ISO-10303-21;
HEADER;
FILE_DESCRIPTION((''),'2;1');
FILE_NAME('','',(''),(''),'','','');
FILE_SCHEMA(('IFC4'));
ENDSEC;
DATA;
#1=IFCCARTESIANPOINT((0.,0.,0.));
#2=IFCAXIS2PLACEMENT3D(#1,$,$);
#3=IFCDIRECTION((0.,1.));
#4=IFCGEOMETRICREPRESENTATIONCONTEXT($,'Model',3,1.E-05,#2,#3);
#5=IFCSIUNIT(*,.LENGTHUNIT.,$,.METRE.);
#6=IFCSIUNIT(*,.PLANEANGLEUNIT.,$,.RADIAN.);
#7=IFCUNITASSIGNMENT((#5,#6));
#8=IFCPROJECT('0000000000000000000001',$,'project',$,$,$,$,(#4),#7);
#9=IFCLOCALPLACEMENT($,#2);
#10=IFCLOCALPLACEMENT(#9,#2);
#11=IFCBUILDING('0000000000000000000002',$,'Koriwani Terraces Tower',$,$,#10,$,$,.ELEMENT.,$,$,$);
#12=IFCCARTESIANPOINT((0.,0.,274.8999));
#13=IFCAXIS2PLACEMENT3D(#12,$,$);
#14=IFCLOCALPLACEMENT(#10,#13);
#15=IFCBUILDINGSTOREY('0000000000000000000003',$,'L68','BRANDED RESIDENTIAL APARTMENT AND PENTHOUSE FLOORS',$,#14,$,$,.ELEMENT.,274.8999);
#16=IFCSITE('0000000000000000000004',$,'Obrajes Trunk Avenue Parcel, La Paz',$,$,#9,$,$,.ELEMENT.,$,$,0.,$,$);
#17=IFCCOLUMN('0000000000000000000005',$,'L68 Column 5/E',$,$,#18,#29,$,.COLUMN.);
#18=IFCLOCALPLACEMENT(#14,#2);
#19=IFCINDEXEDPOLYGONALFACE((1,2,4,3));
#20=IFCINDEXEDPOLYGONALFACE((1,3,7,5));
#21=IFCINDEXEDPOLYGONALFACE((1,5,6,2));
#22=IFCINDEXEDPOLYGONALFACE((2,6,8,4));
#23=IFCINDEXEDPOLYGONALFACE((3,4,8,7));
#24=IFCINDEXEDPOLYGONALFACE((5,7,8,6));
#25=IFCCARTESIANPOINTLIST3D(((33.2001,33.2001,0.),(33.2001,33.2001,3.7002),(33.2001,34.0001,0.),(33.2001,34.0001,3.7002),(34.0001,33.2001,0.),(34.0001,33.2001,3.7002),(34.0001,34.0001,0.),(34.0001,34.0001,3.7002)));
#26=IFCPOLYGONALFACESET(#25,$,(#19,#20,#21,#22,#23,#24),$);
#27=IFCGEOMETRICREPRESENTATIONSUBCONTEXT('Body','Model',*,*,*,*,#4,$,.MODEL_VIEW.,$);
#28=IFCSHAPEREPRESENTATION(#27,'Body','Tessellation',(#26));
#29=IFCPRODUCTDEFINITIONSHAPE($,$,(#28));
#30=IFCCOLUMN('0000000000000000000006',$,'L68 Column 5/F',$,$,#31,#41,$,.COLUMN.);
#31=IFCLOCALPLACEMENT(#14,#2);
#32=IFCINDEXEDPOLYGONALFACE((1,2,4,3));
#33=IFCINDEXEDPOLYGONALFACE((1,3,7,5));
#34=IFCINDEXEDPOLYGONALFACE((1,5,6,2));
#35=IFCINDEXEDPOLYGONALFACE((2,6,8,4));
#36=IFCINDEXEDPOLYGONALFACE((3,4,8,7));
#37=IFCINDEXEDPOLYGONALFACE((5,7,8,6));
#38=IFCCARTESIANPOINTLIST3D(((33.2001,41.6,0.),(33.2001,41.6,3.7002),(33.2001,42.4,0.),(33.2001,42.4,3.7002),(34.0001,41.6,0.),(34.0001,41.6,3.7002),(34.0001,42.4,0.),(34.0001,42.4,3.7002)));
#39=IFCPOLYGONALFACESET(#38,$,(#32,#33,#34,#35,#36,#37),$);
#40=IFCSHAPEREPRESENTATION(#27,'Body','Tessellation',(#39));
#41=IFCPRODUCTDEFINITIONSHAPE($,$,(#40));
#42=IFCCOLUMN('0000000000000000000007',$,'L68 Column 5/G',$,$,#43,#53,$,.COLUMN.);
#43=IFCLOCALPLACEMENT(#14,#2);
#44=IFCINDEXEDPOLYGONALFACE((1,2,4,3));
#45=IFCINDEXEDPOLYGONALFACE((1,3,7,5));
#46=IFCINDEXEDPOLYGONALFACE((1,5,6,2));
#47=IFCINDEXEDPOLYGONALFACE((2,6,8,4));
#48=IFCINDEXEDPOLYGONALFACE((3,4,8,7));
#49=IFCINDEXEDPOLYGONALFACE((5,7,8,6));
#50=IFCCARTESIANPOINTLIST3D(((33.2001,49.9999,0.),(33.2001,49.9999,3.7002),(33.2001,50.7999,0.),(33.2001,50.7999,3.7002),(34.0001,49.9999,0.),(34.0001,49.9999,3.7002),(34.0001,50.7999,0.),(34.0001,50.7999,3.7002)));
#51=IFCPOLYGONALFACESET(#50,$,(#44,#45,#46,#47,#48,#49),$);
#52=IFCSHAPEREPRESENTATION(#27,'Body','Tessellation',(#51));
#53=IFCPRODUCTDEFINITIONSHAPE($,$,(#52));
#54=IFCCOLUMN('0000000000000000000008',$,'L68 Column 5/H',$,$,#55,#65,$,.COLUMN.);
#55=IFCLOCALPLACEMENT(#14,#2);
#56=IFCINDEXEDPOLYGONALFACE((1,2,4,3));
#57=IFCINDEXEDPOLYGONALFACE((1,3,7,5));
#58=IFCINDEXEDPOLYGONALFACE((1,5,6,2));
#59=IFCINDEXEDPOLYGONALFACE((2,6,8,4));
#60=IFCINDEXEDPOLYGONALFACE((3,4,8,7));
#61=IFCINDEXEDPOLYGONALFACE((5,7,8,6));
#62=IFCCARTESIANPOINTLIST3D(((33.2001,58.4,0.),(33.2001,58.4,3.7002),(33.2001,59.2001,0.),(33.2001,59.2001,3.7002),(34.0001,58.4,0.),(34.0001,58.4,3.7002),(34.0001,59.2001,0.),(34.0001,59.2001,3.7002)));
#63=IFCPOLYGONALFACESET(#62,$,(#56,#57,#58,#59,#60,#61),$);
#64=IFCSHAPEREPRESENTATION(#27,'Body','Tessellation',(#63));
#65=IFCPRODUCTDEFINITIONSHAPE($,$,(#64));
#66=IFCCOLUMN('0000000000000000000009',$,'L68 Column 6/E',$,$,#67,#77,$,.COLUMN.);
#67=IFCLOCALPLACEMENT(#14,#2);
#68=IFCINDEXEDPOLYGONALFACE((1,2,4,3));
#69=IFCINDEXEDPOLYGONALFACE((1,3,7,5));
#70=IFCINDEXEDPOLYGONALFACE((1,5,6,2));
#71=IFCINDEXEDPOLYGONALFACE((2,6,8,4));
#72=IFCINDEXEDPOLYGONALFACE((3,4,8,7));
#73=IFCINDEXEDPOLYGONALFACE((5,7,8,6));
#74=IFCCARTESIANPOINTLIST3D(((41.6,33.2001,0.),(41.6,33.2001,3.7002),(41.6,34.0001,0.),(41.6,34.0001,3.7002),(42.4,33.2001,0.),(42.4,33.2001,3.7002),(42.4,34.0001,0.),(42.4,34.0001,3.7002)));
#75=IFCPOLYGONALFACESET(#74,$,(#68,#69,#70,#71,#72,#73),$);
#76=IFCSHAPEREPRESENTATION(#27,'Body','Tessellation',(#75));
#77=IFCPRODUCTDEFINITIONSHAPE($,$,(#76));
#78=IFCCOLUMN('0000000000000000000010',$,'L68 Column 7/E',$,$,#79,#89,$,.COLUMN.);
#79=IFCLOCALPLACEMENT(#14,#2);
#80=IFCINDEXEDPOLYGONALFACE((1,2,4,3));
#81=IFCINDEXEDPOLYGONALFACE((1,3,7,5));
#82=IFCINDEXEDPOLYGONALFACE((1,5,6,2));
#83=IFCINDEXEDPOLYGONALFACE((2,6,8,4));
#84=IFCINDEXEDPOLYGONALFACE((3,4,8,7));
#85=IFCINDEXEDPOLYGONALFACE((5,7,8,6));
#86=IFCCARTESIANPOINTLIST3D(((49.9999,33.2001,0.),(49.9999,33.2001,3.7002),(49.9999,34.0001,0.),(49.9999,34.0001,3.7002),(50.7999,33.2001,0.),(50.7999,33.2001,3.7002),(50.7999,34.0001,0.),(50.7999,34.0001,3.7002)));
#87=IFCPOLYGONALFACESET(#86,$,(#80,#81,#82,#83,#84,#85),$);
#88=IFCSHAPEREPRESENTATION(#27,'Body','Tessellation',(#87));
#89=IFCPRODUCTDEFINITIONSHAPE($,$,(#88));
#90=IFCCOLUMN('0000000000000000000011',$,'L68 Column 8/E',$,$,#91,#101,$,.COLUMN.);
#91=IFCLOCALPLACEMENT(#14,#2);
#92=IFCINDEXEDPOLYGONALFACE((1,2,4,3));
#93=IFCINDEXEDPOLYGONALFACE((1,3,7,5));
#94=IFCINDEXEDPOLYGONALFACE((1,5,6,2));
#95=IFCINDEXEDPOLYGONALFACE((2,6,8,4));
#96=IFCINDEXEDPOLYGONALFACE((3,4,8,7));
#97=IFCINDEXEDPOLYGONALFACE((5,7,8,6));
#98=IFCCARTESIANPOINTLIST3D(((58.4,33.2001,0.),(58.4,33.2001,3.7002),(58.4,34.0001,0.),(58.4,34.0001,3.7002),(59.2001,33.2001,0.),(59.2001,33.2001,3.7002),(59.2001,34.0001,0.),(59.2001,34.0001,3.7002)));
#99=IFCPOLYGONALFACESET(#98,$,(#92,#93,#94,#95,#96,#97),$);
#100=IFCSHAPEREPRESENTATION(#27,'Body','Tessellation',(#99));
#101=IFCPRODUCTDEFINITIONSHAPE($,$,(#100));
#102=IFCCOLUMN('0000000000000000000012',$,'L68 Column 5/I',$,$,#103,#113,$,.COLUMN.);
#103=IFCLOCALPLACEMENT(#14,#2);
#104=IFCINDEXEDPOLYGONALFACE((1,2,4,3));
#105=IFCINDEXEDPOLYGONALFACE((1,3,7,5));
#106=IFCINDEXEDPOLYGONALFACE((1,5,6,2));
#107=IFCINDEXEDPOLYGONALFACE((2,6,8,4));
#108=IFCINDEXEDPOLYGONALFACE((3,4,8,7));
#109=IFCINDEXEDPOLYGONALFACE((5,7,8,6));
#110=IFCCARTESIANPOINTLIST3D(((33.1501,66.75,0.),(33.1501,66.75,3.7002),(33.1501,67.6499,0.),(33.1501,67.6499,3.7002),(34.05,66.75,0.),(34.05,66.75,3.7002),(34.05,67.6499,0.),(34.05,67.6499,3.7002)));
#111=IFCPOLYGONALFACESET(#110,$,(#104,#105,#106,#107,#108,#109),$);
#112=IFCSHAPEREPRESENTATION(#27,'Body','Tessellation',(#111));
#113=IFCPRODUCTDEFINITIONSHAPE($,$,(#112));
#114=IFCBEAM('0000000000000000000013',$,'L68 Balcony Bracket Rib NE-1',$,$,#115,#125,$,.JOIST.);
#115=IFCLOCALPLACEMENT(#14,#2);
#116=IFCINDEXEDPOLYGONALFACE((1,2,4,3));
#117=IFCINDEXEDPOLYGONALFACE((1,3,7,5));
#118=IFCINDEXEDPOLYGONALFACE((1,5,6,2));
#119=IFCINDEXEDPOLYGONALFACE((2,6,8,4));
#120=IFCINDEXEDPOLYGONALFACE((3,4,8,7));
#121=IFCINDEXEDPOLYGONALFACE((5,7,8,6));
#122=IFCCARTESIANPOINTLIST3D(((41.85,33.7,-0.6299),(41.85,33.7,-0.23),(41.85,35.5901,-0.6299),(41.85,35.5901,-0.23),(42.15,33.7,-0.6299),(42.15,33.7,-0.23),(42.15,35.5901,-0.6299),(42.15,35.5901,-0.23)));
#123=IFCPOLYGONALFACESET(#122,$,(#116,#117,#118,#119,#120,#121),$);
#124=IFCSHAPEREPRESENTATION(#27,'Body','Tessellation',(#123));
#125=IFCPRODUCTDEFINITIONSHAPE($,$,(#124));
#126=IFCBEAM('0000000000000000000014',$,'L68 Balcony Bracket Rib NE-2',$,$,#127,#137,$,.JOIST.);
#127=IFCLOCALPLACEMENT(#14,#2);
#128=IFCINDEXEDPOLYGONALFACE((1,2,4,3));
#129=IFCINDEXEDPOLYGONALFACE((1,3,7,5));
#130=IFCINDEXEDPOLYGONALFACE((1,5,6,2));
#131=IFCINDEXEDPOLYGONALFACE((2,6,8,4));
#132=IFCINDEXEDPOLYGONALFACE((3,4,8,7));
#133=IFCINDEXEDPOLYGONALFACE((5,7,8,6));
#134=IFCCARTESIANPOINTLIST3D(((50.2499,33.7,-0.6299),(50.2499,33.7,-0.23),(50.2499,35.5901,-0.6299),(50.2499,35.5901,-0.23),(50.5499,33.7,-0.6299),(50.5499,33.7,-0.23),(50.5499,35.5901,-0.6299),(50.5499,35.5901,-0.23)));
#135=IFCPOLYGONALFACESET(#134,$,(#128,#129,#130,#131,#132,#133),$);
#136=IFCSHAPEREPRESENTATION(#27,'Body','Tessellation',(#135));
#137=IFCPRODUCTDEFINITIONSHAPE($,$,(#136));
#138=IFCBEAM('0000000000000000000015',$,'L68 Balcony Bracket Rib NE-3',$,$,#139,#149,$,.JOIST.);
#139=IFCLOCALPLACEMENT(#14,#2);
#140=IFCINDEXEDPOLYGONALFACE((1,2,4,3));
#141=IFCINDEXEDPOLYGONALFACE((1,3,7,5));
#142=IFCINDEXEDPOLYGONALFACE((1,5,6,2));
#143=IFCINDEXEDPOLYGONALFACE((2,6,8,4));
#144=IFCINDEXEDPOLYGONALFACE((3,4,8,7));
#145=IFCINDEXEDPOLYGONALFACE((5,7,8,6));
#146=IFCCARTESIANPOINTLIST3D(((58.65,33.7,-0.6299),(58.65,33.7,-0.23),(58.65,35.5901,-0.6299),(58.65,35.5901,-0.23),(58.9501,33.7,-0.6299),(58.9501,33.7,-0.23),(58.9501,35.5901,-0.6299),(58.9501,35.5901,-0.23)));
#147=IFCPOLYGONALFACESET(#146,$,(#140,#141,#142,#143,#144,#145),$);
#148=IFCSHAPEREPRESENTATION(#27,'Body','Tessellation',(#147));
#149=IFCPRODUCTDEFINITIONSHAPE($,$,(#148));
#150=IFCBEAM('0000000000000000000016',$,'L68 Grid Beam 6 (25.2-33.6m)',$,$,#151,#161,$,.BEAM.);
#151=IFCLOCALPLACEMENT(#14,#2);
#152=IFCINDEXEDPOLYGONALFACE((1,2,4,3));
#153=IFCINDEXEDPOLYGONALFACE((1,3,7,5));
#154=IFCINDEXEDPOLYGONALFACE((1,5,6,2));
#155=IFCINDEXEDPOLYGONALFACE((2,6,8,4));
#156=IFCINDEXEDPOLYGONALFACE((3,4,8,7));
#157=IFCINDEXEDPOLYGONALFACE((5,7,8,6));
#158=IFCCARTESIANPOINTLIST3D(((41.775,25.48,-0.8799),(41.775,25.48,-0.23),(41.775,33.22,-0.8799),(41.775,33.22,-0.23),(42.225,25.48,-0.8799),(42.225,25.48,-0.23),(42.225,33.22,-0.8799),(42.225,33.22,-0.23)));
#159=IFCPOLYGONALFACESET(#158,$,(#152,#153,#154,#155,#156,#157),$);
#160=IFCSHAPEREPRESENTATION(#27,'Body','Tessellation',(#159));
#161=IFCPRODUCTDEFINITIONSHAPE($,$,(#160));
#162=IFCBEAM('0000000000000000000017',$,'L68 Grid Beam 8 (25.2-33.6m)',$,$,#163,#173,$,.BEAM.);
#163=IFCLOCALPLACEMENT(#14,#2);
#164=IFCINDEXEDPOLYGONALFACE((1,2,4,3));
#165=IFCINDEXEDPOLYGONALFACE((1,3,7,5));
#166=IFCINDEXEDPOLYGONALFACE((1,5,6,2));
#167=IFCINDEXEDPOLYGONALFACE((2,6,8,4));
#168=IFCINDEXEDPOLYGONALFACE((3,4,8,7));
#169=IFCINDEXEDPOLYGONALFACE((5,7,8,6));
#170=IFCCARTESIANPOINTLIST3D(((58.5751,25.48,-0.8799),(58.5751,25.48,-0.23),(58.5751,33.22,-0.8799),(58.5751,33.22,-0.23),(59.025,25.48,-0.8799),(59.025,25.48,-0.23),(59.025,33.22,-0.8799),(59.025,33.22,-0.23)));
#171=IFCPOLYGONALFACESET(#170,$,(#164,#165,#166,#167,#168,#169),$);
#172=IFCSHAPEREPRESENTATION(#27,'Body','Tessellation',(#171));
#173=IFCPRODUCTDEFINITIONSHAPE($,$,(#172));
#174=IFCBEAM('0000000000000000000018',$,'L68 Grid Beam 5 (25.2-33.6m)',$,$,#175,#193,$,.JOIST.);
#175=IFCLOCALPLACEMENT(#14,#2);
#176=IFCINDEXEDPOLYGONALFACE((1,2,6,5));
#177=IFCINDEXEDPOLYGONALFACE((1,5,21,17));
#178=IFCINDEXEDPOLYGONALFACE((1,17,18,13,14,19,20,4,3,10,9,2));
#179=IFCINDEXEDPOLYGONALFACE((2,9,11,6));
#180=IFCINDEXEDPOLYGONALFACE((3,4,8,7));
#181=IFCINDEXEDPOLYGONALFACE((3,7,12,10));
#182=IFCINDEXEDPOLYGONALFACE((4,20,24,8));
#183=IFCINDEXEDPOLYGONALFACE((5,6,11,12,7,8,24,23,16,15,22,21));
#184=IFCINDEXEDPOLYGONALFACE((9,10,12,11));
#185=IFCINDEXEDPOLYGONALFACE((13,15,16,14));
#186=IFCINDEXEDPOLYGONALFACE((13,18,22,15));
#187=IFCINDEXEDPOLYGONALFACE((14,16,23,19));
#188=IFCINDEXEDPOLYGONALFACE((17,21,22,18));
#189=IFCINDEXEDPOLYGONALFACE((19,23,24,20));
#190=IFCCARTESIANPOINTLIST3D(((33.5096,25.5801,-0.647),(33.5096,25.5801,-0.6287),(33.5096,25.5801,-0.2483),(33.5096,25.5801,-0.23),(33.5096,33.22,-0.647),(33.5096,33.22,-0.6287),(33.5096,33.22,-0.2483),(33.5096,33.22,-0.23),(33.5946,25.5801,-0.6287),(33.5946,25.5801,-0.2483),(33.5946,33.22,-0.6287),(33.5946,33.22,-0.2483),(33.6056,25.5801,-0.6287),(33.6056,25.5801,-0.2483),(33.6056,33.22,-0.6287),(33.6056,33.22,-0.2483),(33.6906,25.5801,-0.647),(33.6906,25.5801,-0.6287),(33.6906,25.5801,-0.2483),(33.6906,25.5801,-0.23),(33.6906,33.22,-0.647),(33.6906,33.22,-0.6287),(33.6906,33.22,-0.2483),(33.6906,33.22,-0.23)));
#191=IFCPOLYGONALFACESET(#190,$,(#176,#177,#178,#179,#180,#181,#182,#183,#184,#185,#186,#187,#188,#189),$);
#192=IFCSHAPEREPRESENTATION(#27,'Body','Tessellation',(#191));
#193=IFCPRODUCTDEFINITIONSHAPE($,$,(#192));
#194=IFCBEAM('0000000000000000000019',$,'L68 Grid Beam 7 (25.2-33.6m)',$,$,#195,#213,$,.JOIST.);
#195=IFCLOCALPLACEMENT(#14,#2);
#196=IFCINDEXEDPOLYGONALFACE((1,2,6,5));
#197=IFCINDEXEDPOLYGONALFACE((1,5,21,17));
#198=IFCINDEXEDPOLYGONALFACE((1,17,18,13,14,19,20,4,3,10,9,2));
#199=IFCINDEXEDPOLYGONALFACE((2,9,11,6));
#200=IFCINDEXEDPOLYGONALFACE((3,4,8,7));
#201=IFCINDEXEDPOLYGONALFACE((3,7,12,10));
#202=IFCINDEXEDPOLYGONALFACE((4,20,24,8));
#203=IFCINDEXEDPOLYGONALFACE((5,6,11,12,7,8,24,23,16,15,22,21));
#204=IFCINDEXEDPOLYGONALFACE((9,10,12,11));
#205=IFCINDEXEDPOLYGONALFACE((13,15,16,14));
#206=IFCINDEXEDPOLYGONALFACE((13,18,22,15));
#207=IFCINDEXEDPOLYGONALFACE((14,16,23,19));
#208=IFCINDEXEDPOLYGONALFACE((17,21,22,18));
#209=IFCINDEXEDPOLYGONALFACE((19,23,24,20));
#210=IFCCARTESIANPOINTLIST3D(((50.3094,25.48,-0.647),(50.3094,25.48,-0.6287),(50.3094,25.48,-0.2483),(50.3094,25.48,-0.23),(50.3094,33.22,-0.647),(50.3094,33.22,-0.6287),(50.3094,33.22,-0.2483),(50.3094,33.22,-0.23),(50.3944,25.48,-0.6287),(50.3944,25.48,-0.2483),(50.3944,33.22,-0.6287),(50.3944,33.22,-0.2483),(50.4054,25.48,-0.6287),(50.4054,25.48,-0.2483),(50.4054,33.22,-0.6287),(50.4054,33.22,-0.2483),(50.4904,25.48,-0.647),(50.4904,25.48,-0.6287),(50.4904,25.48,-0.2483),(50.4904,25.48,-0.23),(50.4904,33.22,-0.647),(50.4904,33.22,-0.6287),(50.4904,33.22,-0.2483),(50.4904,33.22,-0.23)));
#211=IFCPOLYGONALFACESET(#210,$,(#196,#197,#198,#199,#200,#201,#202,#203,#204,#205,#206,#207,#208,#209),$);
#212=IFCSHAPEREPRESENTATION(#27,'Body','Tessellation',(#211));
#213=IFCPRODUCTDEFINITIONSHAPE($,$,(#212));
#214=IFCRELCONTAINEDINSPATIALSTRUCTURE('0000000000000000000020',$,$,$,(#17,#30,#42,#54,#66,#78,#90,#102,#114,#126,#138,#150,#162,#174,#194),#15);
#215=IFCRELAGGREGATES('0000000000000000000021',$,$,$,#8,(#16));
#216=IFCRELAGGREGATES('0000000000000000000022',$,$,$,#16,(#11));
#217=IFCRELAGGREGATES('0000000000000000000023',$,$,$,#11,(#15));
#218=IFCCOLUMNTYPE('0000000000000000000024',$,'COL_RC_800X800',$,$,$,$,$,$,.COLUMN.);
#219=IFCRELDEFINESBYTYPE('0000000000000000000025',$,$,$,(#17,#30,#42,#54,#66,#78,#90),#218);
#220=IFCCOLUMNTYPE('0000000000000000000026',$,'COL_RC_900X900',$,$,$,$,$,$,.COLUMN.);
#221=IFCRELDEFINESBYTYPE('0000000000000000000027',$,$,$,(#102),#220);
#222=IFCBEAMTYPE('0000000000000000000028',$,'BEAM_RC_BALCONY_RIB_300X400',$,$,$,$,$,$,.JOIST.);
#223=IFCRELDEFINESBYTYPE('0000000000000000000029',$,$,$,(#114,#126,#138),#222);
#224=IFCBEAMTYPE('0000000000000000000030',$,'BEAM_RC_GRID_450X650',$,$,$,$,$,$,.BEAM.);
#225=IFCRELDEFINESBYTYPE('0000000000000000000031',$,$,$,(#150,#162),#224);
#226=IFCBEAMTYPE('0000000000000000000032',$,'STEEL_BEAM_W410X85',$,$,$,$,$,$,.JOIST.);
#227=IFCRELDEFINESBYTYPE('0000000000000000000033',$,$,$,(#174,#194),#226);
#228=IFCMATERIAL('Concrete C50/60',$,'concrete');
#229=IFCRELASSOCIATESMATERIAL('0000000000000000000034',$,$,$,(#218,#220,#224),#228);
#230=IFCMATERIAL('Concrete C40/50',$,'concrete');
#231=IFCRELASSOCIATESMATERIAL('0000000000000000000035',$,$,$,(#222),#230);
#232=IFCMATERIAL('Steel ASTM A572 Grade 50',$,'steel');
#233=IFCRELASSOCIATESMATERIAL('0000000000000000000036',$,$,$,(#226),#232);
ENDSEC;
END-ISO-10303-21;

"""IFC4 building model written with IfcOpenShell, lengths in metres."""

from ifc_helpers import new_model, si_unit, direction, frame, origin, origin_2d, place, context, subcontext, project, spatial, rectangle, i_section, extrude, material, material_profile, profile_set, type_object, element, save


model = new_model("IFC4")

# Units and contexts
model_context = context("Model", 3, precision=1e-05, world=origin(), true_north=direction((0.0, 1.0)))
body_context = subcontext(model_context, "Body", "Model", "MODEL_VIEW")
ifc_project = project(units=[si_unit("LENGTHUNIT", "METRE"), si_unit("PLANEANGLEUNIT", "RADIAN")], contexts=[model_context])

# Site, building, storey
site_placement = place(None, origin())
site = spatial("IfcSite", under=ifc_project, at=site_placement, Name="Obrajes Trunk Avenue Parcel, La Paz", CompositionType="ELEMENT", RefElevation=0.0)
building_placement = place(site_placement, origin())
building = spatial("IfcBuilding", under=site, at=building_placement, Name="Koriwani Terraces Tower", CompositionType="ELEMENT")
storey_placement = place(building_placement, frame((0.0, 0.0, 274.8999)))
storey = spatial("IfcBuildingStorey", under=building, at=storey_placement, Name="L68", Description="BRANDED RESIDENTIAL APARTMENT AND PENTHOUSE FLOORS", CompositionType="ELEMENT", Elevation=274.8999)

# Columns
ifc_material_1 = material(Name="Concrete C50/60", Category="concrete")
ifc_material_profile_1 = material_profile(ifc_material_1, rectangle(XDim=0.8, YDim=0.8, at=origin_2d()), Name="Concrete C50/60", Category="LoadBearing")
ifc_profile_set_1 = profile_set([ifc_material_profile_1], Name="Concrete C50/60")
column_type_1 = type_object("IfcColumnType", Name="COL_RC_800X800", PredefinedType="COLUMN", material=ifc_profile_set_1)
for number, where, z_axis, x_axis, name in (
    (1, (33.6001, 33.6001, 0.0), (0.0, 0.0, 1.0), (1.0, 0.0, 0.0), "L68 Column 5/E"),
    (2, (33.6001, 42.0, 0.0), (0.0, 0.0, 1.0), (1.0, 0.0, 0.0), "L68 Column 5/F"),
    (3, (33.6001, 50.3999, 0.0), (0.0, 0.0, 1.0), (1.0, 0.0, 0.0), "L68 Column 5/G"),
    (4, (33.6001, 58.8, 0.0), (0.0, 0.0, 1.0), (1.0, 0.0, 0.0), "L68 Column 5/H"),
    (5, (42.0, 33.6001, 0.0), (0.0, 0.0, 1.0), (1.0, 0.0, 0.0), "L68 Column 6/E"),
    (6, (50.3999, 33.6001, 0.0), (0.0, 0.0, 1.0), (1.0, 0.0, 0.0), "L68 Column 7/E"),
    (7, (58.8, 33.6001, 0.0), (0.0, 0.0, 1.0), (1.0, 0.0, 0.0), "L68 Column 8/E"),
):
    element("IfcColumn", number, at=place(storey_placement, frame(where, z_axis=z_axis, x_axis=x_axis)), inside=storey, type_object=column_type_1, Name=name, PredefinedType="COLUMN", context=body_context, shape_type="SweptSolid", body=[
        extrude(rectangle(XDim=0.8, YDim=0.8, at=origin_2d()), origin(), (0.0, 0.0, 1.0), 3.7002),
    ])
ifc_material_profile_2 = material_profile(ifc_material_1, rectangle(XDim=0.8999, YDim=0.8999, at=origin_2d()), Name="Concrete C50/60", Category="LoadBearing")
ifc_profile_set_2 = profile_set([ifc_material_profile_2], Name="Concrete C50/60")
column_type_2 = type_object("IfcColumnType", Name="COL_RC_900X900", PredefinedType="COLUMN", material=ifc_profile_set_2)
column_placement = place(storey_placement, frame((33.6001, 67.2, 0.0), z_axis=(0.0, 0.0, 1.0), x_axis=(1.0, 0.0, 0.0)))
element("IfcColumn", 8, at=column_placement, inside=storey, type_object=column_type_2, Name="L68 Column 5/I", PredefinedType="COLUMN", context=body_context, shape_type="SweptSolid", body=[
    extrude(rectangle(XDim=0.8999, YDim=0.8999, at=origin_2d()), origin(), (0.0, 0.0, 1.0), 3.7002),
])

# Beams
ifc_material_2 = material(Name="Concrete C40/50", Category="concrete")
ifc_material_profile_3 = material_profile(ifc_material_2, rectangle(XDim=0.3, YDim=0.3999, at=origin_2d()), Name="Concrete C40/50", Category="LoadBearing")
ifc_profile_set_3 = profile_set([ifc_material_profile_3], Name="Concrete C40/50")
beam_type_1 = type_object("IfcBeamType", Name="BEAM_RC_BALCONY_RIB_300X400", PredefinedType="JOIST", material=ifc_profile_set_3)
for number, where, z_axis, x_axis, name in (
    (9, (42.0, 33.7, -0.4299), (0.0, 1.0, 0.0), (-1.0, 0.0, 0.0), "L68 Balcony Bracket Rib NE-1"),
    (10, (50.3999, 33.7, -0.4299), (0.0, 1.0, 0.0), (-1.0, 0.0, 0.0), "L68 Balcony Bracket Rib NE-2"),
    (11, (58.8, 33.7, -0.4299), (0.0, 1.0, 0.0), (-1.0, 0.0, 0.0), "L68 Balcony Bracket Rib NE-3"),
):
    element("IfcBeam", number, at=place(storey_placement, frame(where, z_axis=z_axis, x_axis=x_axis)), inside=storey, type_object=beam_type_1, Name=name, PredefinedType="JOIST", context=body_context, shape_type="SweptSolid", body=[
        extrude(rectangle(XDim=0.3, YDim=0.3999, at=origin_2d()), origin(), (0.0, 0.0, 1.0), 1.8901),
    ])
ifc_material_profile_4 = material_profile(ifc_material_1, rectangle(XDim=0.45, YDim=0.6499, at=origin_2d()), Name="Concrete C50/60", Category="LoadBearing")
ifc_profile_set_4 = profile_set([ifc_material_profile_4], Name="Concrete C50/60")
beam_type_2 = type_object("IfcBeamType", Name="BEAM_RC_GRID_450X650", PredefinedType="BEAM", material=ifc_profile_set_4)
for number, where, z_axis, x_axis, name in (
    (12, (42.0, 25.48, -0.5549), (0.0, 1.0, 0.0), (-1.0, 0.0, 0.0), "L68 Grid Beam 6 (25.2-33.6m)"),
    (13, (58.8, 25.48, -0.5549), (0.0, 1.0, 0.0), (-1.0, 0.0, 0.0), "L68 Grid Beam 8 (25.2-33.6m)"),
):
    element("IfcBeam", number, at=place(storey_placement, frame(where, z_axis=z_axis, x_axis=x_axis)), inside=storey, type_object=beam_type_2, Name=name, PredefinedType="BEAM", context=body_context, shape_type="SweptSolid", body=[
        extrude(rectangle(XDim=0.45, YDim=0.6499, at=origin_2d()), origin(), (0.0, 0.0, 1.0), 7.74),
    ])
ifc_material_3 = material(Name="Steel ASTM A572 Grade 50", Category="steel")
ifc_material_profile_5 = material_profile(ifc_material_3, i_section(OverallWidth=0.1809, OverallDepth=0.417, WebThickness=0.011, FlangeThickness=0.0183, at=origin_2d()), Name="Steel ASTM A572 Grade 50", Category="LoadBearing")
ifc_profile_set_5 = profile_set([ifc_material_profile_5], Name="Steel ASTM A572 Grade 50")
beam_type_3 = type_object("IfcBeamType", Name="STEEL_BEAM_W410X85", PredefinedType="JOIST", material=ifc_profile_set_5)
beam_1_placement = place(storey_placement, frame((33.6001, 25.5801, -0.4385), z_axis=(0.0, 1.0, 0.0), x_axis=(-1.0, 0.0, 0.0)))
element("IfcBeam", 14, at=beam_1_placement, inside=storey, type_object=beam_type_3, Name="L68 Grid Beam 5 (25.2-33.6m)", PredefinedType="JOIST", context=body_context, shape_type="SweptSolid", body=[
    extrude(i_section(OverallWidth=0.1809, OverallDepth=0.417, WebThickness=0.011, FlangeThickness=0.0183, at=origin_2d()), origin(), (0.0, 0.0, 1.0), 7.6399),
])
beam_2_placement = place(storey_placement, frame((50.3999, 25.48, -0.4385), z_axis=(0.0, 1.0, 0.0), x_axis=(-1.0, 0.0, 0.0)))
element("IfcBeam", 15, at=beam_2_placement, inside=storey, type_object=beam_type_3, Name="L68 Grid Beam 7 (25.2-33.6m)", PredefinedType="JOIST", context=body_context, shape_type="SweptSolid", body=[
    extrude(i_section(OverallWidth=0.1809, OverallDepth=0.417, WebThickness=0.011, FlangeThickness=0.0183, at=origin_2d()), origin(), (0.0, 0.0, 1.0), 7.74),
])

save(model, "model.ifc")
